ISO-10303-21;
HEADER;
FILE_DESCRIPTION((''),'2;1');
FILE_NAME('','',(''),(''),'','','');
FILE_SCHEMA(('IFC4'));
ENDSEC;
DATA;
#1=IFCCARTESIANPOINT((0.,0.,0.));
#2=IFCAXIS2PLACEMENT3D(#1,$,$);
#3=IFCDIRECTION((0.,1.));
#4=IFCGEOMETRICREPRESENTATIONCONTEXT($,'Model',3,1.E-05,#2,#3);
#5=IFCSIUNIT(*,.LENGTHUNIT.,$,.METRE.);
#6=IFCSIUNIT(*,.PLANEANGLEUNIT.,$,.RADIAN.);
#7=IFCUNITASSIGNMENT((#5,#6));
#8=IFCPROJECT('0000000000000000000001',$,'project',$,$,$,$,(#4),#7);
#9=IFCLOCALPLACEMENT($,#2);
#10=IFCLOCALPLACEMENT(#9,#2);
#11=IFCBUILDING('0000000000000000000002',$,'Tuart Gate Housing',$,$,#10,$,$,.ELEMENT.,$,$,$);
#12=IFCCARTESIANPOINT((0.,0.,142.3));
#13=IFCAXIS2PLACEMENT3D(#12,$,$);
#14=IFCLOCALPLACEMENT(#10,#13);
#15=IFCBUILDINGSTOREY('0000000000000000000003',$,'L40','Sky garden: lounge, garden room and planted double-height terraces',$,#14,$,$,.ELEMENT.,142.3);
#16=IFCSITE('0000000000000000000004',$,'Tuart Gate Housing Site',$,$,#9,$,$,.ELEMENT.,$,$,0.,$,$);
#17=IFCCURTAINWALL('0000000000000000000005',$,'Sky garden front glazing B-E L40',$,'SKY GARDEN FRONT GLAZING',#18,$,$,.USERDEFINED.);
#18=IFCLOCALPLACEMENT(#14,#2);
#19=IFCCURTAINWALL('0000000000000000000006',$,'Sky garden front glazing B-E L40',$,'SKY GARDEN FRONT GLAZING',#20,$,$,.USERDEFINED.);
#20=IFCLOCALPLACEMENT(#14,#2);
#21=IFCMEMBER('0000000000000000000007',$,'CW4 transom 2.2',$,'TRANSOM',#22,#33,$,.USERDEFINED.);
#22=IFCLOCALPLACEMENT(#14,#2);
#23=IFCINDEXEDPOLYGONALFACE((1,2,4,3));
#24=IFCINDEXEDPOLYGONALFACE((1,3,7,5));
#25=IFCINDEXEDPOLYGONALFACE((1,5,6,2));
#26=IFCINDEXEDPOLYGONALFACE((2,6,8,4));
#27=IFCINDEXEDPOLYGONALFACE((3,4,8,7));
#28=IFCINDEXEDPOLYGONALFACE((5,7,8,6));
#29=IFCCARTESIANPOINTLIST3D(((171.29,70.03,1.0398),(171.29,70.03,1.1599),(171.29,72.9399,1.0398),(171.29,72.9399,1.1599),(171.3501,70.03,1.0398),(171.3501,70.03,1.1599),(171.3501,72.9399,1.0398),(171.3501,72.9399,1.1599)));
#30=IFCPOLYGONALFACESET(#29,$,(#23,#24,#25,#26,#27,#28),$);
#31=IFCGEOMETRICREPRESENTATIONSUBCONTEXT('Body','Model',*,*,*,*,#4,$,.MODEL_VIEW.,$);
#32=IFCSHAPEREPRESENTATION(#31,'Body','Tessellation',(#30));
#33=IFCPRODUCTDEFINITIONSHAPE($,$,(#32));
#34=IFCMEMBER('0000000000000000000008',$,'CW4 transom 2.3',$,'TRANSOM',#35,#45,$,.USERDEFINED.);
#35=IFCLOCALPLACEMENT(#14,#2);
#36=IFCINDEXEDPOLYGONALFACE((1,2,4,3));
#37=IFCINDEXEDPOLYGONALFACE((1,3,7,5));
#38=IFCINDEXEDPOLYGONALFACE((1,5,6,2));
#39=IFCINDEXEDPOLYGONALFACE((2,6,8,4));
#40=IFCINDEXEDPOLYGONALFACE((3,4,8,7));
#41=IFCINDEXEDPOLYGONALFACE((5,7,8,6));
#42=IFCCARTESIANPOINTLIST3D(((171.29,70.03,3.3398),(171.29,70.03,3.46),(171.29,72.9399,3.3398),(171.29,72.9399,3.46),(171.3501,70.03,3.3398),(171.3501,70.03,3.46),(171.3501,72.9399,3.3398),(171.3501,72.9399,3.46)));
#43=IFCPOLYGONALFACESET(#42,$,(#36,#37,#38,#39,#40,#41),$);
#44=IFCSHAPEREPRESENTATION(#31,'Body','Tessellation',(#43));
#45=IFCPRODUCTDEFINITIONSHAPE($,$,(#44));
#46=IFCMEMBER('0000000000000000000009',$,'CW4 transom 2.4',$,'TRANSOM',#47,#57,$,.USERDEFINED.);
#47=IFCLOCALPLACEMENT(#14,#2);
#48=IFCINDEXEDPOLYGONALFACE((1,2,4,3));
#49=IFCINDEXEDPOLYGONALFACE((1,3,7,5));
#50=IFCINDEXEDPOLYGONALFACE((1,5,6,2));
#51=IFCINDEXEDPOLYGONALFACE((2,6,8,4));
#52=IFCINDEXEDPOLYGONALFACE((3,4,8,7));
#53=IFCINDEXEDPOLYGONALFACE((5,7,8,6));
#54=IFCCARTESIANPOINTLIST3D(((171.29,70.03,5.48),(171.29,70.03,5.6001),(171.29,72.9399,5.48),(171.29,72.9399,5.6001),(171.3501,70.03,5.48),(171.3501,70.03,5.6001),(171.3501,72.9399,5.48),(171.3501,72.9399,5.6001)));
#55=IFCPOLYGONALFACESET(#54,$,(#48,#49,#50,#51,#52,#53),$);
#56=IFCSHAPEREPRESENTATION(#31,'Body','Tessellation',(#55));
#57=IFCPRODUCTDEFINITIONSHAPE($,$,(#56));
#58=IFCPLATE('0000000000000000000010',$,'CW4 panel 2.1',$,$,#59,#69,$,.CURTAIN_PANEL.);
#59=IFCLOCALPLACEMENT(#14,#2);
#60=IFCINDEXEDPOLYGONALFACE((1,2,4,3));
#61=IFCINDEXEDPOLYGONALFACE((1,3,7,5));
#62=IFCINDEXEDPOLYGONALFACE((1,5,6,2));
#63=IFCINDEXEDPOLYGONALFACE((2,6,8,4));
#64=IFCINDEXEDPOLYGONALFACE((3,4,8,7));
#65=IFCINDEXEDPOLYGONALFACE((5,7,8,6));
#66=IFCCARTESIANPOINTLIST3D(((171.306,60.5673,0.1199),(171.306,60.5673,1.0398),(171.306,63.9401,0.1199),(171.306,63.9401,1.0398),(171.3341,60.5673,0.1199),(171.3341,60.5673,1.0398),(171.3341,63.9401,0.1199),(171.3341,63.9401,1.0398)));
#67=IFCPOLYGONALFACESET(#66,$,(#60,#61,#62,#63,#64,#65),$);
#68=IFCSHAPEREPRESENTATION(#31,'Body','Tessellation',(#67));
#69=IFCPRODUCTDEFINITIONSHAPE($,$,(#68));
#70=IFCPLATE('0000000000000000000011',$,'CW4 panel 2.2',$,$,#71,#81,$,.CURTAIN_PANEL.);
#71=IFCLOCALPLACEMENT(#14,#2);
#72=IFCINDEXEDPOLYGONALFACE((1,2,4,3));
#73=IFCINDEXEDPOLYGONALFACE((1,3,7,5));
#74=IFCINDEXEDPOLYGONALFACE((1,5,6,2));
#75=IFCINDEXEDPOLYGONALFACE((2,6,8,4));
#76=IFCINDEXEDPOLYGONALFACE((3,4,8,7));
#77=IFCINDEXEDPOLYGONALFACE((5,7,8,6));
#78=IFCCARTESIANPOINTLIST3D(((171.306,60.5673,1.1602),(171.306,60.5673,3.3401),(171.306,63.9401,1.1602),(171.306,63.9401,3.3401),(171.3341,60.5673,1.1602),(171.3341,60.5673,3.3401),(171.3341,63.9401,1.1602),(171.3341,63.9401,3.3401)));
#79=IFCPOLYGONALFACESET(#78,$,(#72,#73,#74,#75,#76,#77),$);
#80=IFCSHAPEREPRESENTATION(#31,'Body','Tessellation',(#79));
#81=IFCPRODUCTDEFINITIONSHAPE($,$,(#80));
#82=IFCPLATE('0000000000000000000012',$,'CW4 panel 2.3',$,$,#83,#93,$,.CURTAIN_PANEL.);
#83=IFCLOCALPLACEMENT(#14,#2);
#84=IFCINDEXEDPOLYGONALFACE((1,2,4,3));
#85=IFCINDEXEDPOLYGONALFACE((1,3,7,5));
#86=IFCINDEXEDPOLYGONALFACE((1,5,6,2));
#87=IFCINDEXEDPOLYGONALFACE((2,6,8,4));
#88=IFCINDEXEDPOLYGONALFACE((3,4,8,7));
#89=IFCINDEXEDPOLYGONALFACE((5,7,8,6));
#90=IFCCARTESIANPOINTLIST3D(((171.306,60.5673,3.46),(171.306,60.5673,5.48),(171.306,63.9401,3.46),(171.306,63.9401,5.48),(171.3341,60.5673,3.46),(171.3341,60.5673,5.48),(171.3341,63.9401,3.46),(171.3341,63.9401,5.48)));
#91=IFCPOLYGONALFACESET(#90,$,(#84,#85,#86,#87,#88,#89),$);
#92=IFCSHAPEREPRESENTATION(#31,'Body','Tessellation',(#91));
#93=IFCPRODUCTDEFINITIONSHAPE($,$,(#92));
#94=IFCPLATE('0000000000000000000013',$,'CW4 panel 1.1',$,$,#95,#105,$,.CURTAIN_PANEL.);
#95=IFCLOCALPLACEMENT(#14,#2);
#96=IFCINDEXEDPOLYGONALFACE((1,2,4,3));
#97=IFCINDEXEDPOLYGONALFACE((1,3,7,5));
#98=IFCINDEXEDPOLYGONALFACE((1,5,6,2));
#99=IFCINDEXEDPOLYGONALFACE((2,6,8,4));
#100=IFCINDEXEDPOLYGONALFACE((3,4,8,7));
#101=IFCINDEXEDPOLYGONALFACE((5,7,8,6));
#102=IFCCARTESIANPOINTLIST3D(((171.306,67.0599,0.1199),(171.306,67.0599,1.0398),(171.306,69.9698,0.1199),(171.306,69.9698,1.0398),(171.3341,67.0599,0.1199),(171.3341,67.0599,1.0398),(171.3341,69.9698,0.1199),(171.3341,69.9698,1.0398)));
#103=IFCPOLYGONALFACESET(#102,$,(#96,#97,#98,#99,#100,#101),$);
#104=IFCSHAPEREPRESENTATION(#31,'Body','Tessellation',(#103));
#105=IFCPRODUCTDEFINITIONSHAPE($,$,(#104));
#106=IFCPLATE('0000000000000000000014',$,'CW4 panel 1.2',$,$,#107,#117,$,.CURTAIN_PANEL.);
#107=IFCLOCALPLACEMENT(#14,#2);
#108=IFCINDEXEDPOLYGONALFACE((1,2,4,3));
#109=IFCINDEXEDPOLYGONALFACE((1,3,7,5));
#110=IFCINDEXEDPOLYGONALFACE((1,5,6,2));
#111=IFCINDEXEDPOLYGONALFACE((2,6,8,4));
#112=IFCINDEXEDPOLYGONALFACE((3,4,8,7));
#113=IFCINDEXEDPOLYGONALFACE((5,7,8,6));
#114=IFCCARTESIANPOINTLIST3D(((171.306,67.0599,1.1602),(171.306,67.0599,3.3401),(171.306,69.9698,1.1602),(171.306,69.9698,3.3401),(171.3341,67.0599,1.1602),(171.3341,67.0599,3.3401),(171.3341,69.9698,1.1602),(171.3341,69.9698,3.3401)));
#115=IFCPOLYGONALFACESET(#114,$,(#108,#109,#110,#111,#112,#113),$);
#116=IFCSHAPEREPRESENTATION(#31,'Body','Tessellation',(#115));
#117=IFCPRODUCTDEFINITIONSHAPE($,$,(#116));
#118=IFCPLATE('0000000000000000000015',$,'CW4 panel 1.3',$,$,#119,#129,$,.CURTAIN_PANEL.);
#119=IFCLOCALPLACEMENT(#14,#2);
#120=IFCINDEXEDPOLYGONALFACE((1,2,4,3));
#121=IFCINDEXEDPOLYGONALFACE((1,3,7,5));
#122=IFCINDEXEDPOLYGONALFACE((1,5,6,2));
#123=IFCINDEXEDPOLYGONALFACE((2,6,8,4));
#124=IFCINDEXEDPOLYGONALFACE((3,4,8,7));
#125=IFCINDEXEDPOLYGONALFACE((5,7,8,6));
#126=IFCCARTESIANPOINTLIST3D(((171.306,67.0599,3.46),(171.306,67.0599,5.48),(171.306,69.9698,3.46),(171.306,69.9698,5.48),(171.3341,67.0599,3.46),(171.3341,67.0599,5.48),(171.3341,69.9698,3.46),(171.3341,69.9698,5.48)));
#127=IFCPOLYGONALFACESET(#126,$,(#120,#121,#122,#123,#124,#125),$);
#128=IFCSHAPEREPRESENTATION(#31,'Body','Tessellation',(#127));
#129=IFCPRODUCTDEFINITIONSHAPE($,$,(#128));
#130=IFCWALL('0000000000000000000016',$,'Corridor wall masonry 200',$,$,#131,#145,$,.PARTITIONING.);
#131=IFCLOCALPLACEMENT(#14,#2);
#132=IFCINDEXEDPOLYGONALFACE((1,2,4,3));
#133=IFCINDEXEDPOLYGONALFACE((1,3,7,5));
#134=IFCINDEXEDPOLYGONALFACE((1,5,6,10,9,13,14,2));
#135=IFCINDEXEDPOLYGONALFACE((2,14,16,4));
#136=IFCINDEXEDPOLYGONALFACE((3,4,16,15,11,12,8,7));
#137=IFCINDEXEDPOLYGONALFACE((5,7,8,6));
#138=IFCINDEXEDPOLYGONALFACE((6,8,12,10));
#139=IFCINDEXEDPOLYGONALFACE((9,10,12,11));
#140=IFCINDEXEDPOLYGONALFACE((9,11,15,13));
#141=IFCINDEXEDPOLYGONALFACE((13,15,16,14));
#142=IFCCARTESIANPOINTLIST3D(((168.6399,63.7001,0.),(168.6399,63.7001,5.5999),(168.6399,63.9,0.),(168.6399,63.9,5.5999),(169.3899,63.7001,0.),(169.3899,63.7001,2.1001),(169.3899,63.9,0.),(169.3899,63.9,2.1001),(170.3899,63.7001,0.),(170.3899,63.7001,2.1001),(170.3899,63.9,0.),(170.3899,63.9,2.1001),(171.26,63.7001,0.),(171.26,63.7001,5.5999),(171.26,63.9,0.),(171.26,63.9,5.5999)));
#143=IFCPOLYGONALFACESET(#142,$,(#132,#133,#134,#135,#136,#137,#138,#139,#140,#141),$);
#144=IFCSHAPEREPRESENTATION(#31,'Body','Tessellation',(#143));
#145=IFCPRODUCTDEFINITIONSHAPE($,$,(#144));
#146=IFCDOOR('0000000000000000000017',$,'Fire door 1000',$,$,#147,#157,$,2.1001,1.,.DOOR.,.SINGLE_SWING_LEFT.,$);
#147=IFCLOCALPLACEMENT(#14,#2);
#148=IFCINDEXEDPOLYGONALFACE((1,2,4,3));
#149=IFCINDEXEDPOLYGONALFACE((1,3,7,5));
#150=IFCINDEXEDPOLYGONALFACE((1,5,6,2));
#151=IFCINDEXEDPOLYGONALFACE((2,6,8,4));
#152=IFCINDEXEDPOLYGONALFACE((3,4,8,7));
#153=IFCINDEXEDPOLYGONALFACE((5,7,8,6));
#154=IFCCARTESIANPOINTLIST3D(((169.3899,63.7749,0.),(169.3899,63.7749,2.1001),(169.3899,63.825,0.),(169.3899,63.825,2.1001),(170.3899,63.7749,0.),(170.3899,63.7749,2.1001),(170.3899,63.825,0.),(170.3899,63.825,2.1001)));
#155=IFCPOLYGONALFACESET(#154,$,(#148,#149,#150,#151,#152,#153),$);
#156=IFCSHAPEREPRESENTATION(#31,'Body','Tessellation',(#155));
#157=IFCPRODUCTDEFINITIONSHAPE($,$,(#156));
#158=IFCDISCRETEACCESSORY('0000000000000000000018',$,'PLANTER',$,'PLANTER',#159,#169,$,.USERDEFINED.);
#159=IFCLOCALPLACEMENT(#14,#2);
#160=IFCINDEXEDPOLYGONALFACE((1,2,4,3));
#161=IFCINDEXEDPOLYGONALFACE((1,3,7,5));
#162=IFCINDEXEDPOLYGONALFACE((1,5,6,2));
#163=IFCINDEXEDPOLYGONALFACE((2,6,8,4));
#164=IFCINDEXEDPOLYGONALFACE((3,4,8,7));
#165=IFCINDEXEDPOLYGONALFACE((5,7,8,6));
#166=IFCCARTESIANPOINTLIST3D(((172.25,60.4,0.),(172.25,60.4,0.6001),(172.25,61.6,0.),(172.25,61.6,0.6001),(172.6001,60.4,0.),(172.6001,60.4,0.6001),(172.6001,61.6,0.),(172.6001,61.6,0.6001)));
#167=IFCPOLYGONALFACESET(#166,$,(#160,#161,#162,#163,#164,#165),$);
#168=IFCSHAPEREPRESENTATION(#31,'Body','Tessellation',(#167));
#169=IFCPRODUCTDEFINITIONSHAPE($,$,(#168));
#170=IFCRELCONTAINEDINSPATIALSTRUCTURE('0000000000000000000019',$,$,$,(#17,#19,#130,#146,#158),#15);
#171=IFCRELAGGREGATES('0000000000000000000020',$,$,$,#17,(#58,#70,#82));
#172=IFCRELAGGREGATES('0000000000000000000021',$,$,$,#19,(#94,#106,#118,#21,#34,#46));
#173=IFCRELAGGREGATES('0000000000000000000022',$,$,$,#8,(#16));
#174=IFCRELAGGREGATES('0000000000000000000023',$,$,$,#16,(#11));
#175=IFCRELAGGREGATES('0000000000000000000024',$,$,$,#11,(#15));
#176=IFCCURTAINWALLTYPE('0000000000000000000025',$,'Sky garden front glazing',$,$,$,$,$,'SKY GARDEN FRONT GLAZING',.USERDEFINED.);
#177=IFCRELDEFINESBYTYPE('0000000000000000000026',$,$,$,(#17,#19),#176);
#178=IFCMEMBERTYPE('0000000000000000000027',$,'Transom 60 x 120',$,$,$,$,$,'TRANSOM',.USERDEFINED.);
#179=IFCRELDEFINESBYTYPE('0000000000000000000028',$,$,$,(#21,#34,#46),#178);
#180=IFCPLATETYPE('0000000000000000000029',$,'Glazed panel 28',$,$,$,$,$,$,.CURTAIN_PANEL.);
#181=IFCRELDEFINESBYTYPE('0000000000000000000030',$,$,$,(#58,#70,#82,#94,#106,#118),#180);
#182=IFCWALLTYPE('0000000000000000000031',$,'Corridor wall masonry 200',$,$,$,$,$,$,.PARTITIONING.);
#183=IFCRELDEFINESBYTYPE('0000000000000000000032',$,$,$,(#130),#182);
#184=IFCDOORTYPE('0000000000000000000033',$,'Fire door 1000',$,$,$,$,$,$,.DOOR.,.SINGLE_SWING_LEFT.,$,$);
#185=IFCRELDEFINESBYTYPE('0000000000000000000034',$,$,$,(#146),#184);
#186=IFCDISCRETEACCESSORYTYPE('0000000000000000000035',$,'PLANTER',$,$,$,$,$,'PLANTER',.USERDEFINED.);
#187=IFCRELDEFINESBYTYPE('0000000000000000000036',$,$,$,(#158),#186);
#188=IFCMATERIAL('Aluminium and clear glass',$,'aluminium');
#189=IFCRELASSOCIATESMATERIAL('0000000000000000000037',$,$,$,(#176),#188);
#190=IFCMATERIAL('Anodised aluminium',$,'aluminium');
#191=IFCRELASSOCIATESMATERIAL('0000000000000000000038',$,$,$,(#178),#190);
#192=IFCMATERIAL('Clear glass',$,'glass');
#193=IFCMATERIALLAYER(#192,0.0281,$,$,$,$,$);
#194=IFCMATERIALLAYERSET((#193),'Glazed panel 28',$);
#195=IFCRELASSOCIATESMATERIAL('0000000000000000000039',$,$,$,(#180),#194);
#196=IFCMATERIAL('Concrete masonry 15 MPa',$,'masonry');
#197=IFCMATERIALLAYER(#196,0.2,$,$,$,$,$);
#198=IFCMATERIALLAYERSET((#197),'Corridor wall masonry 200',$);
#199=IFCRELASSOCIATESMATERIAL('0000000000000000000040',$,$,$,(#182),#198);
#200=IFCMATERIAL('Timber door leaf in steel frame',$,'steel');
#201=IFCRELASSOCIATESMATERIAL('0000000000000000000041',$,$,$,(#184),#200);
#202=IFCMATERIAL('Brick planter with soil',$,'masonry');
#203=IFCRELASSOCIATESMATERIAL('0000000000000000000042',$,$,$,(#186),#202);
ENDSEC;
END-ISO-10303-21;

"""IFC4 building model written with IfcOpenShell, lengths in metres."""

from ifc_helpers import new_model, si_unit, direction, frame, frame_2d, origin, origin_2d, place, context, subcontext, project, spatial, rectangle, extrude, material, layer, layer_set, material_profile, profile_set, type_object, element, fill, aggregate, save


model = new_model("IFC4")

# Units and contexts
model_context = context("Model", 3, precision=1e-05, world=origin(), true_north=direction((0.0, 1.0)))
body_context = subcontext(model_context, "Body", "Model", "MODEL_VIEW")
ifc_project = project(units=[si_unit("LENGTHUNIT", "METRE"), si_unit("PLANEANGLEUNIT", "RADIAN")], contexts=[model_context])

# Site, building, storey
site_placement = place(None, origin())
site = spatial("IfcSite", under=ifc_project, at=site_placement, Name="Tuart Gate Housing Site", CompositionType="ELEMENT", RefElevation=0.0)
building_placement = place(site_placement, origin())
building = spatial("IfcBuilding", under=site, at=building_placement, Name="Tuart Gate Housing", CompositionType="ELEMENT")
storey_placement = place(building_placement, frame((0.0, 0.0, 142.3)))
storey = spatial("IfcBuildingStorey", under=building, at=storey_placement, Name="L40", Description="Sky garden: lounge, garden room and planted double-height terraces", CompositionType="ELEMENT", Elevation=142.3)

# Curtain wall
ifc_material_1 = material(Name="Aluminium and clear glass", Category="aluminium")
curtain_wall_type = type_object("IfcCurtainWallType", Name="Sky garden front glazing", ElementType="SKY GARDEN FRONT GLAZING", PredefinedType="USERDEFINED", material=ifc_material_1)
curtain_wall_1_placement = place(storey_placement, origin())
curtain_wall_1 = element("IfcCurtainWall", 1, at=curtain_wall_1_placement, inside=storey, type_object=curtain_wall_type, Name="Sky garden front glazing B-E L40", ObjectType="SKY GARDEN FRONT GLAZING", PredefinedType="USERDEFINED")

# Curtain wall
curtain_wall_2_placement = place(storey_placement, origin())
curtain_wall_2 = element("IfcCurtainWall", 2, at=curtain_wall_2_placement, inside=storey, type_object=curtain_wall_type, Name="Sky garden front glazing B-E L40", ObjectType="SKY GARDEN FRONT GLAZING", PredefinedType="USERDEFINED")

# Members
ifc_material_2 = material(Name="Anodised aluminium", Category="aluminium")
ifc_material_profile_1 = material_profile(ifc_material_2, rectangle(XDim=0.0601, YDim=0.1201, at=origin_2d()), Name="60x120")
ifc_profile_set_1 = profile_set([ifc_material_profile_1], Name="Anodised aluminium")
member_type_1 = type_object("IfcMemberType", Name="Transom 60 x 120", ElementType="TRANSOM", PredefinedType="USERDEFINED", material=ifc_profile_set_1)
member_1_placement = place(storey_placement, frame((171.3201, 70.03, 1.0999), z_axis=(0.0, 1.0, 0.0), x_axis=(-1.0, 0.0, 0.0)))
member_1 = element("IfcMember", 3, at=member_1_placement, type_object=member_type_1, Name="CW4 transom 2.2", ObjectType="TRANSOM", PredefinedType="USERDEFINED", context=body_context, shape_type="SweptSolid", body=[
    extrude(rectangle(XDim=0.0601, YDim=0.1201, at=origin_2d()), origin(), (0.0, 0.0, 1.0), 2.9099),
])
member_2_placement = place(storey_placement, frame((171.3201, 70.03, 3.3999), z_axis=(0.0, 1.0, 0.0), x_axis=(-1.0, 0.0, 0.0)))
member_2 = element("IfcMember", 4, at=member_2_placement, type_object=member_type_1, Name="CW4 transom 2.3", ObjectType="TRANSOM", PredefinedType="USERDEFINED", context=body_context, shape_type="SweptSolid", body=[
    extrude(rectangle(XDim=0.0601, YDim=0.1201, at=origin_2d()), origin(), (0.0, 0.0, 1.0), 2.9099),
])
member_3_placement = place(storey_placement, frame((171.3201, 70.03, 5.54), z_axis=(0.0, 1.0, 0.0), x_axis=(-1.0, 0.0, 0.0)))
member_3 = element("IfcMember", 5, at=member_3_placement, type_object=member_type_1, Name="CW4 transom 2.4", ObjectType="TRANSOM", PredefinedType="USERDEFINED", context=body_context, shape_type="SweptSolid", body=[
    extrude(rectangle(XDim=0.0601, YDim=0.1201, at=origin_2d()), origin(), (0.0, 0.0, 1.0), 2.9099),
])

# Plates
ifc_material_3 = material(Name="Clear glass", Category="glass")
ifc_layer_1 = layer(ifc_material_3, 0.0281)
ifc_layer_set_1 = layer_set([ifc_layer_1], Name="Glazed panel 28")
plate_type = type_object("IfcPlateType", Name="Glazed panel 28", PredefinedType="CURTAIN_PANEL", material=ifc_layer_set_1)
plate_1_placement = place(storey_placement, frame((171.3201, 62.2537, 0.1199), z_axis=(0.0, 0.0, 1.0), x_axis=(0.0, 1.0, 0.0)))
plate_1 = element("IfcPlate", 6, at=plate_1_placement, type_object=plate_type, Name="CW4 panel 2.1", PredefinedType="CURTAIN_PANEL", context=body_context, shape_type="SweptSolid", body=[
    extrude(rectangle(XDim=3.3728, YDim=0.0281, at=origin_2d()), origin(), (0.0, 0.0, 1.0), 0.9199),
])
plate_2_placement = place(storey_placement, frame((171.3201, 62.2537, 1.1602), z_axis=(0.0, 0.0, 1.0), x_axis=(0.0, 1.0, 0.0)))
plate_2 = element("IfcPlate", 7, at=plate_2_placement, type_object=plate_type, Name="CW4 panel 2.2", PredefinedType="CURTAIN_PANEL", context=body_context, shape_type="SweptSolid", body=[
    extrude(rectangle(XDim=3.3728, YDim=0.0281, at=origin_2d()), origin(), (0.0, 0.0, 1.0), 2.1799),
])
plate_3_placement = place(storey_placement, frame((171.3201, 62.2537, 3.46), z_axis=(0.0, 0.0, 1.0), x_axis=(0.0, 1.0, 0.0)))
plate_3 = element("IfcPlate", 8, at=plate_3_placement, type_object=plate_type, Name="CW4 panel 2.3", PredefinedType="CURTAIN_PANEL", context=body_context, shape_type="SweptSolid", body=[
    extrude(rectangle(XDim=3.3728, YDim=0.0281, at=origin_2d()), origin(), (0.0, 0.0, 1.0), 2.02),
])
aggregate(curtain_wall_1, [plate_1, plate_2, plate_3])
plate_4_placement = place(storey_placement, frame((171.3201, 68.5149, 0.1199), z_axis=(0.0, 0.0, 1.0), x_axis=(0.0, 1.0, 0.0)))
plate_4 = element("IfcPlate", 9, at=plate_4_placement, type_object=plate_type, Name="CW4 panel 1.1", PredefinedType="CURTAIN_PANEL", context=body_context, shape_type="SweptSolid", body=[
    extrude(rectangle(XDim=2.9099, YDim=0.0281, at=origin_2d()), origin(), (0.0, 0.0, 1.0), 0.9199),
])
plate_5_placement = place(storey_placement, frame((171.3201, 68.5149, 1.1602), z_axis=(0.0, 0.0, 1.0), x_axis=(0.0, 1.0, 0.0)))
plate_5 = element("IfcPlate", 10, at=plate_5_placement, type_object=plate_type, Name="CW4 panel 1.2", PredefinedType="CURTAIN_PANEL", context=body_context, shape_type="SweptSolid", body=[
    extrude(rectangle(XDim=2.9099, YDim=0.0281, at=origin_2d()), origin(), (0.0, 0.0, 1.0), 2.1799),
])
plate_6_placement = place(storey_placement, frame((171.3201, 68.5149, 3.46), z_axis=(0.0, 0.0, 1.0), x_axis=(0.0, 1.0, 0.0)))
plate_6 = element("IfcPlate", 11, at=plate_6_placement, type_object=plate_type, Name="CW4 panel 1.3", PredefinedType="CURTAIN_PANEL", context=body_context, shape_type="SweptSolid", body=[
    extrude(rectangle(XDim=2.9099, YDim=0.0281, at=origin_2d()), origin(), (0.0, 0.0, 1.0), 2.02),
])
aggregate(curtain_wall_2, [plate_4, plate_5, plate_6, member_1, member_2, member_3])

# Wall, opening, door
ifc_material_4 = material(Name="Concrete masonry 15 MPa", Category="masonry")
ifc_layer_2 = layer(ifc_material_4, 0.2)
ifc_layer_set_2 = layer_set([ifc_layer_2], Name="Corridor wall masonry 200")
wall_type_1 = type_object("IfcWallType", Name="Corridor wall masonry 200", PredefinedType="PARTITIONING", material=ifc_layer_set_2)
wall_1_placement = place(storey_placement, frame((168.6399, 63.8, 0.0), z_axis=(0.0, 0.0, 1.0), x_axis=(1.0, 0.0, 0.0)))
wall_1 = element("IfcWall", 12, at=wall_1_placement, inside=storey, type_object=wall_type_1, Name="Corridor wall masonry 200", PredefinedType="PARTITIONING", context=body_context, shape_type="SweptSolid", body=[
    extrude(rectangle(XDim=2.6201, YDim=0.2, at=frame_2d((1.3101, 0.0))), origin(), (0.0, 0.0, 1.0), 5.5999),
])
opening_1_placement = place(wall_1_placement, frame((0.75, 0.0, 0.0)))
opening_1 = element("IfcOpeningElement", 13, at=opening_1_placement, cuts=wall_1, PredefinedType="OPENING", context=body_context, shape_type="SweptSolid", body=[
    extrude(rectangle(XDim=1.0, YDim=2.1001, at=frame_2d((0.5, 1.05))), frame((0.0, 0.1099, 0.0), z_axis=(0.0, -1.0, 0.0), x_axis=(1.0, 0.0, 0.0)), (0.0, 0.0, 1.0), 0.22),
])
ifc_material_5 = material(Name="Timber door leaf in steel frame", Category="steel")
door_type_1 = type_object("IfcDoorType", Name="Fire door 1000", OperationType="SINGLE_SWING_LEFT", PredefinedType="DOOR", material=ifc_material_5)
door_1_placement = place(opening_1_placement, origin())
door_1 = element("IfcDoor", 14, at=door_1_placement, inside=storey, type_object=door_type_1, Name="Fire door 1000", OperationType="SINGLE_SWING_LEFT", OverallHeight=2.1001, OverallWidth=1.0, PredefinedType="DOOR", context=body_context, shape_type="SweptSolid", body=[
    extrude(rectangle(XDim=1.0, YDim=2.1001, at=frame_2d((0.5, 1.05))), frame((0.0, 0.0249, 0.0), z_axis=(0.0, -1.0, 0.0), x_axis=(1.0, 0.0, 0.0)), (0.0, 0.0, 1.0), 0.05),
])
fill(opening_1, door_1)

# Discrete accessory
ifc_material_6 = material(Name="Brick planter with soil", Category="masonry")
discrete_accessory_type = type_object("IfcDiscreteAccessoryType", Name="PLANTER", ElementType="PLANTER", PredefinedType="USERDEFINED", material=ifc_material_6)
discrete_accessory_placement = place(storey_placement, frame((172.425, 61.0, 0.0), z_axis=(0.0, 0.0, 1.0), x_axis=(1.0, 0.0, 0.0)))
element("IfcDiscreteAccessory", 15, at=discrete_accessory_placement, inside=storey, type_object=discrete_accessory_type, Name="PLANTER", ObjectType="PLANTER", PredefinedType="USERDEFINED", context=body_context, shape_type="SweptSolid", body=[
    extrude(rectangle(XDim=0.3501, YDim=1.2, at=origin_2d()), origin(), (0.0, 0.0, 1.0), 0.6001),
])

save(model, "model.ifc")
